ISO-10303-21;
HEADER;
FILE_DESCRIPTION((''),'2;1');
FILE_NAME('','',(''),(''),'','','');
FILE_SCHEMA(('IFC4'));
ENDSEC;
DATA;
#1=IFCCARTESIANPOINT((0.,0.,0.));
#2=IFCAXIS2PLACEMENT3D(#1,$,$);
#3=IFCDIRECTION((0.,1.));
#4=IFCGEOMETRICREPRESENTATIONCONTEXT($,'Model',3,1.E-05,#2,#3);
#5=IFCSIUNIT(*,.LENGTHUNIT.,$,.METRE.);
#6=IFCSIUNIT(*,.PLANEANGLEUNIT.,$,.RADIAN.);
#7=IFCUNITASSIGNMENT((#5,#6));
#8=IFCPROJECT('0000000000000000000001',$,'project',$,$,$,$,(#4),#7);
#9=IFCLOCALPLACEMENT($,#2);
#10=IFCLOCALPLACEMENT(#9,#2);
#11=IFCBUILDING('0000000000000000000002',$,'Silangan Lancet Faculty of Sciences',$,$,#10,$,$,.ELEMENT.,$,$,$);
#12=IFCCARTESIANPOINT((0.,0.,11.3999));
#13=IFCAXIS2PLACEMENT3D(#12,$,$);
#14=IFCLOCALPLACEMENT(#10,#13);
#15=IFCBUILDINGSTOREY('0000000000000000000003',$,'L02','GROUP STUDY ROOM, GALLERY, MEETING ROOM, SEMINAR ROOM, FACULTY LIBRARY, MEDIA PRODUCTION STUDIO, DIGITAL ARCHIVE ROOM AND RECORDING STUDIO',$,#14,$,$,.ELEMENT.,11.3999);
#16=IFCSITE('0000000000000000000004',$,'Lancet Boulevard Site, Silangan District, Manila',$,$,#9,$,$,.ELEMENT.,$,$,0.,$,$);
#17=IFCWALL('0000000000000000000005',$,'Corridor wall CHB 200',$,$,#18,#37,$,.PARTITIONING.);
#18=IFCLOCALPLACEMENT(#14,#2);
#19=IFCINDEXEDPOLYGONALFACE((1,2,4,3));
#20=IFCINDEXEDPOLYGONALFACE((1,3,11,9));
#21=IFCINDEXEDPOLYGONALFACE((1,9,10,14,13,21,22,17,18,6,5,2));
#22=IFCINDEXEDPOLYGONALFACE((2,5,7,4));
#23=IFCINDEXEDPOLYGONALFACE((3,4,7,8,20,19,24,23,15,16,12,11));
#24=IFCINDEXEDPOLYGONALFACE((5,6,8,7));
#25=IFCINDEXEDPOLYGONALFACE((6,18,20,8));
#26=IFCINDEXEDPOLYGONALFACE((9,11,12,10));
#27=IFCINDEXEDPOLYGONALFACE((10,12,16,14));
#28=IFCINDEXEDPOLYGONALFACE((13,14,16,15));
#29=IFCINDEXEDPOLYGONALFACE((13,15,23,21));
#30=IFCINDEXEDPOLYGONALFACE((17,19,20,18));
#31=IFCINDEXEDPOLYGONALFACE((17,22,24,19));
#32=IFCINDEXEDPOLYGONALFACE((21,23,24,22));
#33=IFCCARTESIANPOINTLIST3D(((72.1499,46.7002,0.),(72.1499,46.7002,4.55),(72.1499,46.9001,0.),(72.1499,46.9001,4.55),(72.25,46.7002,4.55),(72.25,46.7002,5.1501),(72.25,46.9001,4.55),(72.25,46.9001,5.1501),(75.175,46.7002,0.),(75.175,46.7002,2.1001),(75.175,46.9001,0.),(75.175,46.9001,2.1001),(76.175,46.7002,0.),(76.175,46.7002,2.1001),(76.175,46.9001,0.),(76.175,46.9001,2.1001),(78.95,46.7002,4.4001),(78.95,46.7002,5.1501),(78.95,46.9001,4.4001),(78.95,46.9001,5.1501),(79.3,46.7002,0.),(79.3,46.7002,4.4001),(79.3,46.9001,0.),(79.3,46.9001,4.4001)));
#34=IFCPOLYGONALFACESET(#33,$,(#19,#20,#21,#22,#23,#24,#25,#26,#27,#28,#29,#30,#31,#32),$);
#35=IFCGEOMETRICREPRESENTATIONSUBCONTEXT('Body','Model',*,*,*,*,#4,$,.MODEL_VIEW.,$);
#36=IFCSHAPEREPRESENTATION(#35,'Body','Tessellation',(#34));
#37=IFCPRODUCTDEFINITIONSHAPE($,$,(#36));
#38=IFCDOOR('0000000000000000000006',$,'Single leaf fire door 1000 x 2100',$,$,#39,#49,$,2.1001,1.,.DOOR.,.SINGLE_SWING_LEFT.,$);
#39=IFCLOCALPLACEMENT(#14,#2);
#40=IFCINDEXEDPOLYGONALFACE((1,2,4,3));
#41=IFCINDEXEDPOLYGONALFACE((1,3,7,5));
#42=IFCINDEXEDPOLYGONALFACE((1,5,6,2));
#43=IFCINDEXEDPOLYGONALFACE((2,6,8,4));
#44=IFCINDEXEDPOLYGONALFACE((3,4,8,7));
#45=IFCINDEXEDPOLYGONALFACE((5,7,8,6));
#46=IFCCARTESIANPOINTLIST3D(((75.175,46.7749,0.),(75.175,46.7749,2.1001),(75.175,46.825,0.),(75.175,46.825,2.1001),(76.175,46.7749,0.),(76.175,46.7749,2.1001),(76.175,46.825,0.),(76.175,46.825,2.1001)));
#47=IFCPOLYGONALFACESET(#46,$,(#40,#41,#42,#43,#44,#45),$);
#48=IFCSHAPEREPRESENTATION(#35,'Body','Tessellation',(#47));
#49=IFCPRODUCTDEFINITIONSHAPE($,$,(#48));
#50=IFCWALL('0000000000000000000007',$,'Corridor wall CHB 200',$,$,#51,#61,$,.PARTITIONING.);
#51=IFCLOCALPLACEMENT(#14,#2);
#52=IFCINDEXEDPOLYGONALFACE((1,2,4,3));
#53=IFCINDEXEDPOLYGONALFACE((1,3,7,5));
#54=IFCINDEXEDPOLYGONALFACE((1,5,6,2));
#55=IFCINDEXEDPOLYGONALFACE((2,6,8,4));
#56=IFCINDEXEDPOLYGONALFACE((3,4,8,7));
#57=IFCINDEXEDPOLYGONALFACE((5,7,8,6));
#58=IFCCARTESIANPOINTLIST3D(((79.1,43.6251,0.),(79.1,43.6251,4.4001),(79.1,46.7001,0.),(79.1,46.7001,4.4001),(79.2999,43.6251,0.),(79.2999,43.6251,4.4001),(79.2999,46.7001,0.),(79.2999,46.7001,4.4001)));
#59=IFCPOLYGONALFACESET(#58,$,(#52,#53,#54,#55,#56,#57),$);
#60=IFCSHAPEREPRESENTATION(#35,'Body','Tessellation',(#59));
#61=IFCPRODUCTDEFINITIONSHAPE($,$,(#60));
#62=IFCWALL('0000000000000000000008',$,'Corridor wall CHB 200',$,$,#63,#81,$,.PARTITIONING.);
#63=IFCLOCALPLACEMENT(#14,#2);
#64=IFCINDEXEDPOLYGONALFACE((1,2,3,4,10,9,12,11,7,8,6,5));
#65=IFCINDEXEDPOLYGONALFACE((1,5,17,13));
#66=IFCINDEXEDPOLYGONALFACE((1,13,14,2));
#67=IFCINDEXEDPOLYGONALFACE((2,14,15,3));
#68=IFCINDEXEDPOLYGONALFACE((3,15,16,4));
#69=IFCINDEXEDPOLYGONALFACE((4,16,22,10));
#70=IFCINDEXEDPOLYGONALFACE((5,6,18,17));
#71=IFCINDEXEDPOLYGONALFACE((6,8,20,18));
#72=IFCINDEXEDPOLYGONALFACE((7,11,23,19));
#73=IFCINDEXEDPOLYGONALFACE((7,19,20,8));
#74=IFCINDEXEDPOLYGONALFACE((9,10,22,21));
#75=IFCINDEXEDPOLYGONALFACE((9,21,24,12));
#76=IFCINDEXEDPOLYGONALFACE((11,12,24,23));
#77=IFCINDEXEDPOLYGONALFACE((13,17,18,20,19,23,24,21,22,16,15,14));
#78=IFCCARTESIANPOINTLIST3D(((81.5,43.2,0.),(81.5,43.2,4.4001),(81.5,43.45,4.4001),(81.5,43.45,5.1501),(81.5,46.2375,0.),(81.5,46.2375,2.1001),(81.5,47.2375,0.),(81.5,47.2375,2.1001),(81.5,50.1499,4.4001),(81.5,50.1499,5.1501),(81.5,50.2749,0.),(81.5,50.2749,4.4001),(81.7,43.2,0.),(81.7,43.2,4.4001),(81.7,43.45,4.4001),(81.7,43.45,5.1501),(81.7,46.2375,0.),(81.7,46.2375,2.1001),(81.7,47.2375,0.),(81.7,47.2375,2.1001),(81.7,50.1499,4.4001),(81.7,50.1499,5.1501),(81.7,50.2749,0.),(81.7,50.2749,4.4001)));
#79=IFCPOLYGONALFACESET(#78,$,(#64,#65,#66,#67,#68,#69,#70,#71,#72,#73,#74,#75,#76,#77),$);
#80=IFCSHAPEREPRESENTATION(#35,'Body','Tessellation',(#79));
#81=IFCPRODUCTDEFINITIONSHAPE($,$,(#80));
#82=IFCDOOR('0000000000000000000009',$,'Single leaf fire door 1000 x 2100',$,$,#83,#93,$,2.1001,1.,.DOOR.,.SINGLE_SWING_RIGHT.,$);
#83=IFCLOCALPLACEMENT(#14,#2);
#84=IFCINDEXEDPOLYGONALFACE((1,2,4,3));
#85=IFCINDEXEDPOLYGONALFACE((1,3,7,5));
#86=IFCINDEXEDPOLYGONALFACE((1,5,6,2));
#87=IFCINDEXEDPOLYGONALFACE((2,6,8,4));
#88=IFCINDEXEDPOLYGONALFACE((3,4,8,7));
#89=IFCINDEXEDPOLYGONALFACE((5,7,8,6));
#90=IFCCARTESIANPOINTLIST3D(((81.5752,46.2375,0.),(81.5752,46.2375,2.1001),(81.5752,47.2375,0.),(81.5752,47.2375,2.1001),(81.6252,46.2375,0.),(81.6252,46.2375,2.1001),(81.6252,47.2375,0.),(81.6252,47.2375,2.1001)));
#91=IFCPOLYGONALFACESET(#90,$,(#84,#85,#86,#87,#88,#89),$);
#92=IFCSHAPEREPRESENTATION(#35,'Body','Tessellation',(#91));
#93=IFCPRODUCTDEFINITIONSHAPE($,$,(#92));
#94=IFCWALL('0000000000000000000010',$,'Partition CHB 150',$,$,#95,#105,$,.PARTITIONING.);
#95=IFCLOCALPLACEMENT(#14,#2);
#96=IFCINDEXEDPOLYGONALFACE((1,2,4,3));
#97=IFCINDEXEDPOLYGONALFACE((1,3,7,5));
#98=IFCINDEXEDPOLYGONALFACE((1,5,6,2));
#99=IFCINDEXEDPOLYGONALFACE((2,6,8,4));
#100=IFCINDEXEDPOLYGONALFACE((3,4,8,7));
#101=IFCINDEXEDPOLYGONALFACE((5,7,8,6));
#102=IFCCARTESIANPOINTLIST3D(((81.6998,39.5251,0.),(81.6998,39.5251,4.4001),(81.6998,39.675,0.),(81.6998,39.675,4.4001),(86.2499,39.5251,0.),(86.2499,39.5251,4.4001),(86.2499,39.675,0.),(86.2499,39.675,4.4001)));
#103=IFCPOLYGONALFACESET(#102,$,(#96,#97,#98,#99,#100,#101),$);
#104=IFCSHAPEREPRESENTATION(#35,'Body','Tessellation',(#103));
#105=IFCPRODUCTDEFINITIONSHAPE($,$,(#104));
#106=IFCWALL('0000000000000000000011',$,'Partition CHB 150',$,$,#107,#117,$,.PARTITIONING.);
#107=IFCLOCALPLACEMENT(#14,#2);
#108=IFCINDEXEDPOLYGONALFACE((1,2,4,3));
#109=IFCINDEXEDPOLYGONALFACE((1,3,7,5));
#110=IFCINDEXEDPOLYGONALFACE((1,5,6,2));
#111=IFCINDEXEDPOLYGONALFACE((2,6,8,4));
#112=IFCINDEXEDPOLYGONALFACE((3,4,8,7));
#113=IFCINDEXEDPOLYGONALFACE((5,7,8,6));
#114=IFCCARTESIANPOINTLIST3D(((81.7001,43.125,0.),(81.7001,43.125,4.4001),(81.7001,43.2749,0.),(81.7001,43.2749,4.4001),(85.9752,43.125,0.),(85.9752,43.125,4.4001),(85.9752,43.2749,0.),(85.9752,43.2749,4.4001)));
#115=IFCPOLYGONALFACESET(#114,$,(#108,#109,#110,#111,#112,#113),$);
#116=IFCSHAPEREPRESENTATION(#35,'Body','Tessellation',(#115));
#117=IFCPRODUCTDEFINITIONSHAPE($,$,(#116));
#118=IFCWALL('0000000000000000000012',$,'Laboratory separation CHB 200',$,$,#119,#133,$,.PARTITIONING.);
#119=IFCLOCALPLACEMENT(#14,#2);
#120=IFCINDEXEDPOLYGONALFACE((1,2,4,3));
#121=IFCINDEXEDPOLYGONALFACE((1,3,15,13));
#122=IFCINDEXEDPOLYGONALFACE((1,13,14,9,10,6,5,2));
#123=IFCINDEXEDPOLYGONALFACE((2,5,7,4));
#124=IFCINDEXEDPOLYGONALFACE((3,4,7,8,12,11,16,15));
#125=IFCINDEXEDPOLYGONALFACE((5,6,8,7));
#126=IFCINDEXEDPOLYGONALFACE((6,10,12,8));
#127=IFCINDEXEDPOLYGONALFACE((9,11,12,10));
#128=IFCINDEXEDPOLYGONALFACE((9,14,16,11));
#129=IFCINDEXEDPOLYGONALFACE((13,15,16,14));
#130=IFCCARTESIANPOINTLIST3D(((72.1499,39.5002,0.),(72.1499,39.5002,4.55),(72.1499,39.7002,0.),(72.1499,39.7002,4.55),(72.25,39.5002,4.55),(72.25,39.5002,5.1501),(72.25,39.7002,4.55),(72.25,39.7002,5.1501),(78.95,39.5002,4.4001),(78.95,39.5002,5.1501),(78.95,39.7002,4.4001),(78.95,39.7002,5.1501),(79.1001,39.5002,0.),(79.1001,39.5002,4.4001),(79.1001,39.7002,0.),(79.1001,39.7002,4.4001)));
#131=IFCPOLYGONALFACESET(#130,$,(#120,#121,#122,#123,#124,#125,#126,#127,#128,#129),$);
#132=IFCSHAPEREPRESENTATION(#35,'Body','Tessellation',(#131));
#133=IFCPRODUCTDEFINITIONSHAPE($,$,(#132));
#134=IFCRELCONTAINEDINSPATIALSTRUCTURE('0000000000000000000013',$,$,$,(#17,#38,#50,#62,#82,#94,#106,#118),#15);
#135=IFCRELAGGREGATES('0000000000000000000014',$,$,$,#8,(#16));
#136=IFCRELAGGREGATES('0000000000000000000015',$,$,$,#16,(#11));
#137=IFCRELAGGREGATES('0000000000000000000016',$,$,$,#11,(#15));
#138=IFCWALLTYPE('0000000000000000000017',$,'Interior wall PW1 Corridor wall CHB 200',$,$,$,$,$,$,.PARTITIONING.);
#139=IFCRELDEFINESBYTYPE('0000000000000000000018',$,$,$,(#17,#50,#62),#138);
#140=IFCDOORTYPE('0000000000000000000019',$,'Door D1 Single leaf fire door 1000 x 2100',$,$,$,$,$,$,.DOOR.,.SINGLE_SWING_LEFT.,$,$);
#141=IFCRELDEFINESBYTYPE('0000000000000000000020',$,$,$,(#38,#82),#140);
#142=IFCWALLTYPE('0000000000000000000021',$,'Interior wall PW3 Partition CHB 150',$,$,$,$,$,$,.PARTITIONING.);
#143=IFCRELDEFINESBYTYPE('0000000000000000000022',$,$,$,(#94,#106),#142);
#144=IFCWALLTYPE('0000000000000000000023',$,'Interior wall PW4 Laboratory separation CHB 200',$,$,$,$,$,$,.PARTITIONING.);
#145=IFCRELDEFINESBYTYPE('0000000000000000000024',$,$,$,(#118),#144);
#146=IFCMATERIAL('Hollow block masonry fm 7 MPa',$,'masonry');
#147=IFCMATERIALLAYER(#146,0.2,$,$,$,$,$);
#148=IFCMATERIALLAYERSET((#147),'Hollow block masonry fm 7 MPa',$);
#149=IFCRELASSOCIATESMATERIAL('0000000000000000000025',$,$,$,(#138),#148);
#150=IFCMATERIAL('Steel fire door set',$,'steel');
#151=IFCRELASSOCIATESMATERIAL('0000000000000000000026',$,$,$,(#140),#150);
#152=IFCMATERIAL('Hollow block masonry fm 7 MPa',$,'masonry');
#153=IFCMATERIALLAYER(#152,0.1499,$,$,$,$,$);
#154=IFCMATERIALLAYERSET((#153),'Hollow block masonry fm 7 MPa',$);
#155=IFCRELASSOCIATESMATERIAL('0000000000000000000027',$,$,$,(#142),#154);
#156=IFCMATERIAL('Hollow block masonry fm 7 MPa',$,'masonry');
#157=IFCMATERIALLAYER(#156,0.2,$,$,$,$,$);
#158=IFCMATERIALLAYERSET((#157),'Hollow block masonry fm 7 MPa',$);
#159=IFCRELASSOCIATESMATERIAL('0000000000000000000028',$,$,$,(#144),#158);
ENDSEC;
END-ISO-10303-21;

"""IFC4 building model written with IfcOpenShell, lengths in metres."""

from ifc_helpers import new_model, si_unit, direction, frame, frame_2d, origin, place, context, subcontext, project, spatial, polyline, rectangle, outline, extrude, material, layer, layer_set, type_object, element, fill, save


model = new_model("IFC4")

# Units and contexts
model_context = context("Model", 3, precision=1e-05, world=origin(), true_north=direction((0.0, 1.0)))
body_context = subcontext(model_context, "Body", "Model", "MODEL_VIEW")
ifc_project = project(units=[si_unit("LENGTHUNIT", "METRE"), si_unit("PLANEANGLEUNIT", "RADIAN")], contexts=[model_context])

# Site, building, storey
site_placement = place(None, origin())
site = spatial("IfcSite", under=ifc_project, at=site_placement, Name="Lancet Boulevard Site, Silangan District, Manila", CompositionType="ELEMENT", RefElevation=0.0)
building_placement = place(site_placement, origin())
building = spatial("IfcBuilding", under=site, at=building_placement, Name="Silangan Lancet Faculty of Sciences", CompositionType="ELEMENT")
storey_placement = place(building_placement, frame((0.0, 0.0, 11.3999)))
storey = spatial("IfcBuildingStorey", under=building, at=storey_placement, Name="L02", Description="GROUP STUDY ROOM, GALLERY, MEETING ROOM, SEMINAR ROOM, FACULTY LIBRARY, MEDIA PRODUCTION STUDIO, DIGITAL ARCHIVE ROOM AND RECORDING STUDIO", CompositionType="ELEMENT", Elevation=11.3999)

# Wall, opening, door
ifc_material_1 = material(Name="Hollow block masonry fm 7 MPa", Category="masonry")
ifc_layer_1 = layer(ifc_material_1, 0.2)
ifc_layer_set_1 = layer_set([ifc_layer_1], Name="Hollow block masonry fm 7 MPa")
wall_type_1 = type_object("IfcWallType", Name="Interior wall PW1 Corridor wall CHB 200", PredefinedType="PARTITIONING", material=ifc_layer_set_1)
wall_1_placement = place(storey_placement, frame((72.1499, 46.8, 0.0), z_axis=(0.0, 0.0, 1.0), x_axis=(1.0, 0.0, 0.0)))
wall_1 = element("IfcWall", 1, at=wall_1_placement, inside=storey, type_object=wall_type_1, Name="Corridor wall CHB 200", PredefinedType="PARTITIONING", context=body_context, shape_type="SweptSolid", body=[
    extrude(outline(polyline([(0.0, 0.0), (7.1501, 0.0), (7.1501, 4.4001), (6.8, 4.4001), (6.8, 5.1501), (0.1001, 5.1501), (0.1001, 4.55), (0.0, 4.55), (0.0, 0.0)])), frame((0.0, 0.1001, 0.0), z_axis=(0.0, -1.0, 0.0), x_axis=(1.0, 0.0, 0.0)), (0.0, 0.0, 1.0), 0.2),
])
opening_1_placement = place(wall_1_placement, frame((3.0251, 0.0, 0.0)))
opening_1 = element("IfcOpeningElement", 2, at=opening_1_placement, cuts=wall_1, PredefinedType="OPENING", context=body_context, shape_type="SweptSolid", body=[
    extrude(rectangle(XDim=1.0, YDim=2.1001, at=frame_2d((0.5, 1.05))), frame((0.0, 0.1099, 0.0), z_axis=(0.0, -1.0, 0.0), x_axis=(1.0, 0.0, 0.0)), (0.0, 0.0, 1.0), 0.22),
])
ifc_material_2 = material(Name="Steel fire door set", Category="steel")
door_type = type_object("IfcDoorType", Name="Door D1 Single leaf fire door 1000 x 2100", OperationType="SINGLE_SWING_LEFT", PredefinedType="DOOR", material=ifc_material_2)
door_1_placement = place(opening_1_placement, frame((1.0, 0.0, 0.0), z_axis=(0.0, 0.0, 1.0), x_axis=(-1.0, 0.0, 0.0)))
door_1 = element("IfcDoor", 3, at=door_1_placement, inside=storey, type_object=door_type, Name="Single leaf fire door 1000 x 2100", OperationType="SINGLE_SWING_LEFT", OverallHeight=2.1001, OverallWidth=1.0, PredefinedType="DOOR", context=body_context, shape_type="SweptSolid", body=[
    extrude(rectangle(XDim=1.0, YDim=2.1001, at=frame_2d((0.5, 1.05))), frame((0.0, 0.0251, 0.0), z_axis=(0.0, -1.0, 0.0), x_axis=(1.0, 0.0, 0.0)), (0.0, 0.0, 1.0), 0.05),
])
fill(opening_1, door_1)

# Wall
wall_2_placement = place(storey_placement, frame((79.2, 43.625, 0.0), z_axis=(0.0, 0.0, 1.0), x_axis=(0.0, 1.0, 0.0)))
element("IfcWall", 4, at=wall_2_placement, inside=storey, type_object=wall_type_1, Name="Corridor wall CHB 200", PredefinedType="PARTITIONING", context=body_context, shape_type="SweptSolid", body=[
    extrude(rectangle(XDim=3.075, YDim=0.2, at=frame_2d((1.5376, 0.0))), origin(), (0.0, 0.0, 1.0), 4.4001),
])

# Wall, opening, door
wall_3_placement = place(storey_placement, frame((81.6001, 43.2, 0.0), z_axis=(0.0, 0.0, 1.0), x_axis=(0.0, 1.0, 0.0)))
wall_3 = element("IfcWall", 5, at=wall_3_placement, inside=storey, type_object=wall_type_1, Name="Corridor wall CHB 200", PredefinedType="PARTITIONING", context=body_context, shape_type="SweptSolid", body=[
    extrude(outline(polyline([(0.0, 0.0), (7.075, 0.0), (7.075, 4.4001), (6.95, 4.4001), (6.95, 5.1501), (0.25, 5.1501), (0.25, 4.4001), (0.0, 4.4001), (0.0, 0.0)])), frame((0.0, 0.1001, 0.0), z_axis=(0.0, -1.0, 0.0), x_axis=(1.0, 0.0, 0.0)), (0.0, 0.0, 1.0), 0.2),
])
opening_2_placement = place(wall_3_placement, frame((3.0376, 0.0, 0.0)))
opening_2 = element("IfcOpeningElement", 6, at=opening_2_placement, cuts=wall_3, PredefinedType="OPENING", context=body_context, shape_type="SweptSolid", body=[
    extrude(rectangle(XDim=1.0, YDim=2.1001, at=frame_2d((0.5, 1.05))), frame((0.0, 0.1099, 0.0), z_axis=(0.0, -1.0, 0.0), x_axis=(1.0, 0.0, 0.0)), (0.0, 0.0, 1.0), 0.22),
])
door_2_placement = place(opening_2_placement, frame((1.0, 0.0, 0.0), z_axis=(0.0, 0.0, 1.0), x_axis=(-1.0, 0.0, 0.0)))
door_2 = element("IfcDoor", 7, at=door_2_placement, inside=storey, type_object=door_type, Name="Single leaf fire door 1000 x 2100", OperationType="SINGLE_SWING_RIGHT", OverallHeight=2.1001, OverallWidth=1.0, PredefinedType="DOOR", context=body_context, shape_type="SweptSolid", body=[
    extrude(rectangle(XDim=1.0, YDim=2.1001, at=frame_2d((0.5, 1.05))), frame((0.0, 0.0251, 0.0), z_axis=(0.0, -1.0, 0.0), x_axis=(1.0, 0.0, 0.0)), (0.0, 0.0, 1.0), 0.05),
])
fill(opening_2, door_2)

# Walls
ifc_material_3 = material(Name="Hollow block masonry fm 7 MPa", Category="masonry")
ifc_layer_2 = layer(ifc_material_3, 0.1499)
ifc_layer_set_2 = layer_set([ifc_layer_2], Name="Hollow block masonry fm 7 MPa")
wall_type_2 = type_object("IfcWallType", Name="Interior wall PW3 Partition CHB 150", PredefinedType="PARTITIONING", material=ifc_layer_set_2)
wall_4_placement = place(storey_placement, frame((81.7, 39.6001, 0.0), z_axis=(0.0, 0.0, 1.0), x_axis=(1.0, 0.0, 0.0)))
element("IfcWall", 8, at=wall_4_placement, inside=storey, type_object=wall_type_2, Name="Partition CHB 150", PredefinedType="PARTITIONING", context=body_context, shape_type="SweptSolid", body=[
    extrude(rectangle(XDim=4.55, YDim=0.1499, at=frame_2d((2.2749, 0.0))), origin(), (0.0, 0.0, 1.0), 4.4001),
])
wall_5_placement = place(storey_placement, frame((81.7, 43.2, 0.0), z_axis=(0.0, 0.0, 1.0), x_axis=(1.0, 0.0, 0.0)))
element("IfcWall", 9, at=wall_5_placement, inside=storey, type_object=wall_type_2, Name="Partition CHB 150", PredefinedType="PARTITIONING", context=body_context, shape_type="SweptSolid", body=[
    extrude(rectangle(XDim=4.2751, YDim=0.1499, at=frame_2d((2.1377, 0.0))), origin(), (0.0, 0.0, 1.0), 4.4001),
])
ifc_material_4 = material(Name="Hollow block masonry fm 7 MPa", Category="masonry")
ifc_layer_3 = layer(ifc_material_4, 0.2)
ifc_layer_set_3 = layer_set([ifc_layer_3], Name="Hollow block masonry fm 7 MPa")
wall_type_3 = type_object("IfcWallType", Name="Interior wall PW4 Laboratory separation CHB 200", PredefinedType="PARTITIONING", material=ifc_layer_set_3)
wall_6_placement = place(storey_placement, frame((72.1499, 39.6001, 0.0), z_axis=(0.0, 0.0, 1.0), x_axis=(1.0, 0.0, 0.0)))
element("IfcWall", 10, at=wall_6_placement, inside=storey, type_object=wall_type_3, Name="Laboratory separation CHB 200", PredefinedType="PARTITIONING", context=body_context, shape_type="SweptSolid", body=[
    extrude(outline(polyline([(0.0, 0.0), (6.9502, 0.0), (6.9502, 4.4001), (6.8, 4.4001), (6.8, 5.1501), (0.1001, 5.1501), (0.1001, 4.55), (0.0, 4.55), (0.0, 0.0)])), frame((0.0, 0.1001, 0.0), z_axis=(0.0, -1.0, 0.0), x_axis=(1.0, 0.0, 0.0)), (0.0, 0.0, 1.0), 0.2),
])

save(model, "model.ifc")
